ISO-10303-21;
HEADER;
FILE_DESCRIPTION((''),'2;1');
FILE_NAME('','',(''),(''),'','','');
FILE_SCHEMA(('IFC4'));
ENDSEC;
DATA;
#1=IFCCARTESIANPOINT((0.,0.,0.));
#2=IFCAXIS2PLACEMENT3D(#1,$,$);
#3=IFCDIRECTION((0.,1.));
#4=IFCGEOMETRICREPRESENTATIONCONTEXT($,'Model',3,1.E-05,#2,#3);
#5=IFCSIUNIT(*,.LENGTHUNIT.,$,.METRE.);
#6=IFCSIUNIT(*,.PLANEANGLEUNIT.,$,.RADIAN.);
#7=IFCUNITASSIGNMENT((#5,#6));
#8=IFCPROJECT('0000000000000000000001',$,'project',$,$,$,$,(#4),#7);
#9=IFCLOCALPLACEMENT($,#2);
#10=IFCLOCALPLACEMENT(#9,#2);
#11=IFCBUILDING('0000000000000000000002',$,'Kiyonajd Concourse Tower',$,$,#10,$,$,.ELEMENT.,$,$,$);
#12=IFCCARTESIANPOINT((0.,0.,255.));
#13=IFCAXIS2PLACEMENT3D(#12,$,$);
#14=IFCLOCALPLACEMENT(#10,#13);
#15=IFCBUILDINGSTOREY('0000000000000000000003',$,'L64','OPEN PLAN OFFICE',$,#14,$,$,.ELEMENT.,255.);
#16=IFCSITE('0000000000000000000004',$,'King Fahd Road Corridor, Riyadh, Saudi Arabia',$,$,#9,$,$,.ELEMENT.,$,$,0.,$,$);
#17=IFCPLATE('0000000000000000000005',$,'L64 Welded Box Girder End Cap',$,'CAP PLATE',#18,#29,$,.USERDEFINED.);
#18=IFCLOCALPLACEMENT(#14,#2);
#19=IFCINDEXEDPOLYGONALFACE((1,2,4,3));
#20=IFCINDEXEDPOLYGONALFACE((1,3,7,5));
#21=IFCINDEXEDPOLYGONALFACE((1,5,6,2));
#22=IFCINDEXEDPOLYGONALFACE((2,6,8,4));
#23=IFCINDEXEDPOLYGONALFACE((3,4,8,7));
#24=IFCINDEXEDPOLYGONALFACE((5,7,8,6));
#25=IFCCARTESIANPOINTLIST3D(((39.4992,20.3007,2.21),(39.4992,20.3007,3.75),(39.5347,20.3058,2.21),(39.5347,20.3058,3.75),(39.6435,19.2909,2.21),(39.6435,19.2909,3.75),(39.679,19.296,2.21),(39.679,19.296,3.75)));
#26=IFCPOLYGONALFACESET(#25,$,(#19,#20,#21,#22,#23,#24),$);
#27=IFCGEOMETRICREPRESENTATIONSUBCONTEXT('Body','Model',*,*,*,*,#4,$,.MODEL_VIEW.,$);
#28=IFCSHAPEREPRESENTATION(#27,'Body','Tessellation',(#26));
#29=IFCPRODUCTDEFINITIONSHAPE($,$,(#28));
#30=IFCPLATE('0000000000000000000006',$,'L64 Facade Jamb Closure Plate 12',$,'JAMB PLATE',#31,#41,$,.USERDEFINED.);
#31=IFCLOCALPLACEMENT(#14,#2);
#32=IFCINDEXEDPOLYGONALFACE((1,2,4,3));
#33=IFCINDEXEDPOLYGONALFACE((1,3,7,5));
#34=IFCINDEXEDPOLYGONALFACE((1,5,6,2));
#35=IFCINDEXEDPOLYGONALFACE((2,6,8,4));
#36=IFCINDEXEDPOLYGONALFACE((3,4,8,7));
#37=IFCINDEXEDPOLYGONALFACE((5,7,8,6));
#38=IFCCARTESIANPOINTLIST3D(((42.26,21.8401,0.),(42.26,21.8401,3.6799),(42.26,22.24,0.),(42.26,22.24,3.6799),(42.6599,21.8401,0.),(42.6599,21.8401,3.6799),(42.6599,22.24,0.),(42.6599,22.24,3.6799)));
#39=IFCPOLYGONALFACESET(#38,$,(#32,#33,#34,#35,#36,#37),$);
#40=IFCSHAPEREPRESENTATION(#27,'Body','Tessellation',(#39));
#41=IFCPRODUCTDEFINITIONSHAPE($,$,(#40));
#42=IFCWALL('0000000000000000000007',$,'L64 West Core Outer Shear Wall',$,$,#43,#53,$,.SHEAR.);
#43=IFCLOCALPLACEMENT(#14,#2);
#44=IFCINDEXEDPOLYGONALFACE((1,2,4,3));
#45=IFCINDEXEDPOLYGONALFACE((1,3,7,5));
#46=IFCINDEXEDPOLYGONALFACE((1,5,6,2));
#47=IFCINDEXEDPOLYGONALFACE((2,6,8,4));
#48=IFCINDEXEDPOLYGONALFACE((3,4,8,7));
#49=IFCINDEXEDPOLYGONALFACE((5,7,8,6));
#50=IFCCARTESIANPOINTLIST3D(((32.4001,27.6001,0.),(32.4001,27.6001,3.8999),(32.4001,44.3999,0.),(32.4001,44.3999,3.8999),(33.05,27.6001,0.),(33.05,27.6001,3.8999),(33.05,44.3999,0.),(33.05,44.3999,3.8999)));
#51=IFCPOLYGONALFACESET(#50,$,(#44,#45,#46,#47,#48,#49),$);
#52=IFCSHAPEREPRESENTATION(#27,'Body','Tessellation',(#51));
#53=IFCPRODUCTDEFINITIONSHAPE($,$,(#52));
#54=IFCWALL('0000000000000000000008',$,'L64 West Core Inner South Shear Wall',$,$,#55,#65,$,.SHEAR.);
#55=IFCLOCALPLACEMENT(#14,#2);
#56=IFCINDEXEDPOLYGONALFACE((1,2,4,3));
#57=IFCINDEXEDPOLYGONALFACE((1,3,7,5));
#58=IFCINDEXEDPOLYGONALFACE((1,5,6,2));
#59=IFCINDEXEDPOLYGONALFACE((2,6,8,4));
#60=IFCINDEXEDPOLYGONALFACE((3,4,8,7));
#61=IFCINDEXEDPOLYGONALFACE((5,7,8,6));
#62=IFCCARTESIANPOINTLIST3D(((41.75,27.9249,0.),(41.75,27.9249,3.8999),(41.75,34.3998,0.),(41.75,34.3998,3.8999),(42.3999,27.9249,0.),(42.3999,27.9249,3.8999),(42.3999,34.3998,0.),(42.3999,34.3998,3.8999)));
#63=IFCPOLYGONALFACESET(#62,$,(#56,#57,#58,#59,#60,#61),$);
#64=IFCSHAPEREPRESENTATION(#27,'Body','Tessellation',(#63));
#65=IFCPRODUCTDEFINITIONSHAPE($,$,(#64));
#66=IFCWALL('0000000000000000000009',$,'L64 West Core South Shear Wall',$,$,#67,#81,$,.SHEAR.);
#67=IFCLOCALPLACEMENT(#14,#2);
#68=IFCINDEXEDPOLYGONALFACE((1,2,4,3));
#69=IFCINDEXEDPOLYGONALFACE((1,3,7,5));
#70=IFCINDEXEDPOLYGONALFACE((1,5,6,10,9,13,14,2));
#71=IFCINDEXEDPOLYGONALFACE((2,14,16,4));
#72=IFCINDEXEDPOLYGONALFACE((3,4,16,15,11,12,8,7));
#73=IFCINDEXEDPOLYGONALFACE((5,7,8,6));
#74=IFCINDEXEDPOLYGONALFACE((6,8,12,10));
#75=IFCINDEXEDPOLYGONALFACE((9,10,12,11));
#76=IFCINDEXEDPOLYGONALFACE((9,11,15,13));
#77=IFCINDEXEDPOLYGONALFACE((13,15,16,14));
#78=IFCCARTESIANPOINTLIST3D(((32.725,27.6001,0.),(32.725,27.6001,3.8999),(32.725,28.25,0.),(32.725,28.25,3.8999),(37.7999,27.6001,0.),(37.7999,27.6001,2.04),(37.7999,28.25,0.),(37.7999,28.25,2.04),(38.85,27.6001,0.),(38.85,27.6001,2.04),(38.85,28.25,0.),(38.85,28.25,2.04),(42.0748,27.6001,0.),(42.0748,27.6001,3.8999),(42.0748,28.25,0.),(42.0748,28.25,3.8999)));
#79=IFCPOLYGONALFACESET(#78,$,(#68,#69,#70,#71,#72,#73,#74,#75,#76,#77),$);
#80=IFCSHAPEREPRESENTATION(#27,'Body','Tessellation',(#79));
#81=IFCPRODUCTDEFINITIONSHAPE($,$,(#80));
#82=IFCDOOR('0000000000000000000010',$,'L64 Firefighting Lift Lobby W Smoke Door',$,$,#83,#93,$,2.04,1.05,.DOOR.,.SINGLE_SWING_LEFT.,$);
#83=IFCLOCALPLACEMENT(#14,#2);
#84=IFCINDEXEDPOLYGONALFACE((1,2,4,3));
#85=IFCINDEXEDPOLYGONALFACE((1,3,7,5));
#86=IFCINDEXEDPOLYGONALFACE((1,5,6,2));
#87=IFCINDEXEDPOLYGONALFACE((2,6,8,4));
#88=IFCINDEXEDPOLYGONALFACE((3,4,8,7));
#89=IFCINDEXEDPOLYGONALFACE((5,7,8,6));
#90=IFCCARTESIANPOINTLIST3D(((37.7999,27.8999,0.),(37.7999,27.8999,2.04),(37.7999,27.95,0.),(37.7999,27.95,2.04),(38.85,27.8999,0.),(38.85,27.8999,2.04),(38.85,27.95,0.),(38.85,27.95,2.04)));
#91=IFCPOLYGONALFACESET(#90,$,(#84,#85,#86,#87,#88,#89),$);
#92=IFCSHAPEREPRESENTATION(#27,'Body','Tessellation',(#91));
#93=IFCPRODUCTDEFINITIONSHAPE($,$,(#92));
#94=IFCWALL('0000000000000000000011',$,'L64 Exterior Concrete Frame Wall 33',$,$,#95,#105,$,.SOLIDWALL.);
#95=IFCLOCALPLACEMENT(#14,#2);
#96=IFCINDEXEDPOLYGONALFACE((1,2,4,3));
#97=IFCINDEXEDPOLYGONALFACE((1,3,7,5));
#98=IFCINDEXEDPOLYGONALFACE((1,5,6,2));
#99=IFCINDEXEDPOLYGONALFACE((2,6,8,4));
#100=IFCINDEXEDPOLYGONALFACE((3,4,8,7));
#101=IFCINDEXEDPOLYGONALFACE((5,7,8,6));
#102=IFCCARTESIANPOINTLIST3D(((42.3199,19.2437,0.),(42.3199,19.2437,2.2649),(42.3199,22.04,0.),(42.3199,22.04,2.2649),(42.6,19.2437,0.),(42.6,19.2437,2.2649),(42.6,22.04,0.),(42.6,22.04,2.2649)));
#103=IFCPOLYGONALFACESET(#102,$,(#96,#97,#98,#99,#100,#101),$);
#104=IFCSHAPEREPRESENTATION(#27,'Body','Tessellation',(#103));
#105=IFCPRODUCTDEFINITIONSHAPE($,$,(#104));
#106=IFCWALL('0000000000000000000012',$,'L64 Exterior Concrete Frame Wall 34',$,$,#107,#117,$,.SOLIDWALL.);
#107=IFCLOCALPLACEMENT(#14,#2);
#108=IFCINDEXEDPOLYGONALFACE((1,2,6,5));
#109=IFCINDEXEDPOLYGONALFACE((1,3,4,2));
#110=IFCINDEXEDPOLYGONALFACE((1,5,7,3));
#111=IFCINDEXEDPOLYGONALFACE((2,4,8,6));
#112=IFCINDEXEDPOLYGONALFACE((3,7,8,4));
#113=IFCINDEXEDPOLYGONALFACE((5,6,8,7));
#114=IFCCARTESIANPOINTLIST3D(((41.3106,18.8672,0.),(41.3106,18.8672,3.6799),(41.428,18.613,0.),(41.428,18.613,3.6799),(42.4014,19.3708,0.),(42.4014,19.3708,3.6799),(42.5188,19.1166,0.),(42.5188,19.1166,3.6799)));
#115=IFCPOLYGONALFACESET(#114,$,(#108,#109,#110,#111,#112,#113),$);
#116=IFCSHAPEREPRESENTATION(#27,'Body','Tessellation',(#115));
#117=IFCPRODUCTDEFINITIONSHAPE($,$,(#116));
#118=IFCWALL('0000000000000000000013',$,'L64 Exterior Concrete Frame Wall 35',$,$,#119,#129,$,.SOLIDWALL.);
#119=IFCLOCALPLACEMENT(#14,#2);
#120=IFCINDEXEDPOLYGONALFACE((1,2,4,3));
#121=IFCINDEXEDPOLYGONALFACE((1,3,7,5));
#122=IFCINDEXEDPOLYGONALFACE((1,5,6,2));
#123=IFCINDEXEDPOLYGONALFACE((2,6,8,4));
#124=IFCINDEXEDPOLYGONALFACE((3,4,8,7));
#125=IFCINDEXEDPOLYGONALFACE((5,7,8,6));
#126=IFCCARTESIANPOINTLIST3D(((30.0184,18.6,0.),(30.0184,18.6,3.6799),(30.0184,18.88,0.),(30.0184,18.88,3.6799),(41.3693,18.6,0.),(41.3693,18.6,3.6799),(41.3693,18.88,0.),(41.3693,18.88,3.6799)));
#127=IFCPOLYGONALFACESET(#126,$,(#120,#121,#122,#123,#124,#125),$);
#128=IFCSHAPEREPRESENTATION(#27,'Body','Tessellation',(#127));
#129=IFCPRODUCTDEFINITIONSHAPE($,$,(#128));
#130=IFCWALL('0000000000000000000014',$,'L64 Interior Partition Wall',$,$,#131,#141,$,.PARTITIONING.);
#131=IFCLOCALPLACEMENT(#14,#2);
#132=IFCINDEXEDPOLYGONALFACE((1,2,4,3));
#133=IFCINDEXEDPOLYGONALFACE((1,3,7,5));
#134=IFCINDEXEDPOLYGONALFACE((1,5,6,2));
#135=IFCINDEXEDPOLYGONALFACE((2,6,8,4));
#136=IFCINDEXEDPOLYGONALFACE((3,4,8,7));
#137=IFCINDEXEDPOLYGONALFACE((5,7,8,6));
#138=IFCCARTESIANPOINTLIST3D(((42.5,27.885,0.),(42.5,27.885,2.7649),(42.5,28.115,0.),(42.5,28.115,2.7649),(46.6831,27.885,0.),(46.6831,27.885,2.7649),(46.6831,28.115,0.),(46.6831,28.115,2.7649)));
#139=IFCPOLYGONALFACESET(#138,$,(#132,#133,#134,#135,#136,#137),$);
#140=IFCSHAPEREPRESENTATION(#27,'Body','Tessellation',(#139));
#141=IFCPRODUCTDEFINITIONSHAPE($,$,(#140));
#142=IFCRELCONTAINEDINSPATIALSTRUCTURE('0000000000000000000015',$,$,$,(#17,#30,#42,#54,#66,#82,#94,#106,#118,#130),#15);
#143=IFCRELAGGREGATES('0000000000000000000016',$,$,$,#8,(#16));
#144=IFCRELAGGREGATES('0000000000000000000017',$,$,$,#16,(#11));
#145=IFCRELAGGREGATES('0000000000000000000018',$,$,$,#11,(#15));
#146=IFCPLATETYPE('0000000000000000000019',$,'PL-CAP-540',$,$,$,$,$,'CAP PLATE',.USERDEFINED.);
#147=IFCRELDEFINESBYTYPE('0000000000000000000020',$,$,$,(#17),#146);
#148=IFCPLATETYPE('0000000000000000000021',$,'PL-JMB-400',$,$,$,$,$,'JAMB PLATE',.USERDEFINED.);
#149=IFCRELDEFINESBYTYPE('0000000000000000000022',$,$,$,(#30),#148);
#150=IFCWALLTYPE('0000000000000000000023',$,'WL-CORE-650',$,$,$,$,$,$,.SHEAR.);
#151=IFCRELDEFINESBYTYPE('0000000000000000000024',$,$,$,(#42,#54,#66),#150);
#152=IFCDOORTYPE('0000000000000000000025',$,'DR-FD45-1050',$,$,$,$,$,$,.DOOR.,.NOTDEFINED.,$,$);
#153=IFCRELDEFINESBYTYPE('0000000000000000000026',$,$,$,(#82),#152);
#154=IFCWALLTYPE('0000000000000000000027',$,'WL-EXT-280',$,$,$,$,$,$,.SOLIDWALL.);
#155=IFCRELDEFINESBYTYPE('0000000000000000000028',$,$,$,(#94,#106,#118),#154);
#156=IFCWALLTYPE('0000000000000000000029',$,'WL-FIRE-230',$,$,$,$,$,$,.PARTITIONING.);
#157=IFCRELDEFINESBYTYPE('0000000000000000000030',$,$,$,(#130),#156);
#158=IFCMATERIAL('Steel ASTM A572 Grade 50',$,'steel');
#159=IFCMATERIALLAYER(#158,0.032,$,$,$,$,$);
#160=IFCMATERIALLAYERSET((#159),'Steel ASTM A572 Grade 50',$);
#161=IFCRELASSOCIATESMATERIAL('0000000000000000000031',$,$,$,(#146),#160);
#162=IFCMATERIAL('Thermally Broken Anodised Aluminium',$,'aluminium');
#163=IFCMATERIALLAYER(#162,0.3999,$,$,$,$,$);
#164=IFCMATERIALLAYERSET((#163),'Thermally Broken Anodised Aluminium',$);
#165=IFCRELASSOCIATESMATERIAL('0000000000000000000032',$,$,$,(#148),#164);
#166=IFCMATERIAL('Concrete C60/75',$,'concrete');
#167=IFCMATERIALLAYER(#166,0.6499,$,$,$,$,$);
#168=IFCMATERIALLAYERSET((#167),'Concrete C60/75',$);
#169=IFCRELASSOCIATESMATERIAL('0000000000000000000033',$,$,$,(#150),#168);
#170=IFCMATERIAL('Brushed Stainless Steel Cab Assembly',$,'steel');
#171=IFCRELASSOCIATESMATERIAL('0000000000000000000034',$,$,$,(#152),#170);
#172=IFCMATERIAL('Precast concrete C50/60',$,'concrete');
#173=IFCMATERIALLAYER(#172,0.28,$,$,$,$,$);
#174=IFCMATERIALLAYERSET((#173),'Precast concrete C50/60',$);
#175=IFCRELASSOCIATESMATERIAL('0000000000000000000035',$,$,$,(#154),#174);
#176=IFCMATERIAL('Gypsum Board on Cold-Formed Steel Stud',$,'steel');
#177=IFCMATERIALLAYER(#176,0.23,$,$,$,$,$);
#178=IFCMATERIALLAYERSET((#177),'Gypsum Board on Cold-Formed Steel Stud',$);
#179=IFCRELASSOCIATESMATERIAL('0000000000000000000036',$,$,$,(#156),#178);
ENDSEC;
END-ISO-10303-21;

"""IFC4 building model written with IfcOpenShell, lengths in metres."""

from ifc_helpers import new_model, si_unit, direction, frame, frame_2d, origin, origin_2d, place, context, subcontext, project, spatial, rectangle, extrude, material, layer, layer_set, type_object, element, fill, save


model = new_model("IFC4")

# Units and contexts
model_context = context("Model", 3, precision=1e-05, world=origin(), true_north=direction((0.0, 1.0)))
body_context = subcontext(model_context, "Body", "Model", "MODEL_VIEW")
ifc_project = project(units=[si_unit("LENGTHUNIT", "METRE"), si_unit("PLANEANGLEUNIT", "RADIAN")], contexts=[model_context])

# Site, building, storey
site_placement = place(None, origin())
site = spatial("IfcSite", under=ifc_project, at=site_placement, Name="King Fahd Road Corridor, Riyadh, Saudi Arabia", CompositionType="ELEMENT", RefElevation=0.0)
building_placement = place(site_placement, origin())
building = spatial("IfcBuilding", under=site, at=building_placement, Name="Kiyonajd Concourse Tower", CompositionType="ELEMENT")
storey_placement = place(building_placement, frame((0.0, 0.0, 255.0)))
storey = spatial("IfcBuildingStorey", under=building, at=storey_placement, Name="L64", Description="OPEN PLAN OFFICE", CompositionType="ELEMENT", Elevation=255.0)

# Shared definitions
ifc_material_1 = material(Name="Concrete C60/75", Category="concrete")

# Shared definitions
ifc_material_2 = material(Name="Steel ASTM A572 Grade 50", Category="steel")

# Plates
ifc_layer_1 = layer(ifc_material_2, 0.032)
ifc_layer_set_1 = layer_set([ifc_layer_1], Name="Steel ASTM A572 Grade 50")
plate_type_1 = type_object("IfcPlateType", Name="PL-CAP-540", ElementType="CAP PLATE", PredefinedType="USERDEFINED", material=ifc_layer_set_1)
for number, where, z_axis, x_axis, name in (
    (1, (39.5891, 19.7983, 2.21), (0.0, 0.0, 1.0), (-0.98995, -0.14142, 0.0), "L64 Welded Box Girder End Cap"),
):
    element("IfcPlate", number, at=place(storey_placement, frame(where, z_axis=z_axis, x_axis=x_axis)), inside=storey, type_object=plate_type_1, Name=name, ObjectType="CAP PLATE", PredefinedType="USERDEFINED", context=body_context, shape_type="SweptSolid", body=[
        extrude(rectangle(XDim=0.0359, YDim=1.02, at=origin_2d()), origin(), (0.0, 0.0, 1.0), 1.54),
    ])
ifc_material_3 = material(Name="Thermally Broken Anodised Aluminium", Category="aluminium")
ifc_layer_2 = layer(ifc_material_3, 0.3999)
ifc_layer_set_2 = layer_set([ifc_layer_2], Name="Thermally Broken Anodised Aluminium")
plate_type_2 = type_object("IfcPlateType", Name="PL-JMB-400", ElementType="JAMB PLATE", PredefinedType="USERDEFINED", material=ifc_layer_set_2)
plate_1_placement = place(storey_placement, frame((42.46, 22.04, 0.0), z_axis=(0.0, 0.0, 1.0), x_axis=(1.0, 0.0, 0.0)))
element("IfcPlate", 2, at=plate_1_placement, inside=storey, type_object=plate_type_2, Name="L64 Facade Jamb Closure Plate 12", ObjectType="JAMB PLATE", PredefinedType="USERDEFINED", context=body_context, shape_type="SweptSolid", body=[
    extrude(rectangle(XDim=0.3999, YDim=0.3999, at=origin_2d()), origin(), (0.0, 0.0, 1.0), 3.6799),
])

# Walls
ifc_layer_3 = layer(ifc_material_1, 0.6499)
ifc_layer_set_3 = layer_set([ifc_layer_3], Name="Concrete C60/75")
wall_type_1 = type_object("IfcWallType", Name="WL-CORE-650", PredefinedType="SHEAR", material=ifc_layer_set_3)
wall_1_placement = place(storey_placement, frame((32.7251, 27.6001, 0.0), z_axis=(0.0, 0.0, 1.0), x_axis=(0.0, 1.0, 0.0)))
element("IfcWall", 3, at=wall_1_placement, inside=storey, type_object=wall_type_1, Name="L64 West Core Outer Shear Wall", PredefinedType="SHEAR", context=body_context, shape_type="SweptSolid", body=[
    extrude(rectangle(XDim=16.7998, YDim=0.6499, at=frame_2d((8.3999, 0.0))), origin(), (0.0, 0.0, 1.0), 3.8999),
])
wall_2_placement = place(storey_placement, frame((42.075, 27.925, 0.0), z_axis=(0.0, 0.0, 1.0), x_axis=(0.0, 1.0, 0.0)))
element("IfcWall", 4, at=wall_2_placement, inside=storey, type_object=wall_type_1, Name="L64 West Core Inner South Shear Wall", PredefinedType="SHEAR", context=body_context, shape_type="SweptSolid", body=[
    extrude(rectangle(XDim=6.4749, YDim=0.6499, at=frame_2d((3.2373, 0.0))), origin(), (0.0, 0.0, 1.0), 3.8999),
])

# Wall, opening, door
wall_3_placement = place(storey_placement, frame((32.7251, 27.925, 0.0), z_axis=(0.0, 0.0, 1.0), x_axis=(1.0, 0.0, 0.0)))
wall_3 = element("IfcWall", 5, at=wall_3_placement, inside=storey, type_object=wall_type_1, Name="L64 West Core South Shear Wall", PredefinedType="SHEAR", context=body_context, shape_type="SweptSolid", body=[
    extrude(rectangle(XDim=9.3499, YDim=0.6499, at=frame_2d((4.6748, 0.0))), origin(), (0.0, 0.0, 1.0), 3.8999),
])
opening_placement = place(wall_3_placement, frame((5.075, 0.0, 0.0)))
opening = element("IfcOpeningElement", 6, at=opening_placement, cuts=wall_3, PredefinedType="OPENING", context=body_context, shape_type="SweptSolid", body=[
    extrude(rectangle(XDim=1.05, YDim=2.04, at=frame_2d((0.5249, 1.02))), frame((0.0, 0.335, 0.0), z_axis=(0.0, -1.0, 0.0), x_axis=(1.0, 0.0, 0.0)), (0.0, 0.0, 1.0), 0.6699),
])
ifc_material_4 = material(Name="Brushed Stainless Steel Cab Assembly", Category="steel")
door_type = type_object("IfcDoorType", Name="DR-FD45-1050", OperationType="NOTDEFINED", PredefinedType="DOOR", material=ifc_material_4)
door_placement = place(opening_placement, origin())
door = element("IfcDoor", 7, at=door_placement, inside=storey, type_object=door_type, Name="L64 Firefighting Lift Lobby W Smoke Door", OperationType="SINGLE_SWING_LEFT", OverallHeight=2.04, OverallWidth=1.05, PredefinedType="DOOR", context=body_context, shape_type="SweptSolid", body=[
    extrude(rectangle(XDim=1.05, YDim=2.04, at=frame_2d((0.5249, 1.02))), frame((0.0, 0.0249, 0.0), z_axis=(0.0, -1.0, 0.0), x_axis=(1.0, 0.0, 0.0)), (0.0, 0.0, 1.0), 0.05),
])
fill(opening, door)

# Walls
ifc_material_5 = material(Name="Precast concrete C50/60", Category="concrete")
ifc_layer_4 = layer(ifc_material_5, 0.28)
ifc_layer_set_4 = layer_set([ifc_layer_4], Name="Precast concrete C50/60")
wall_type_2 = type_object("IfcWallType", Name="WL-EXT-280", PredefinedType="SOLIDWALL", material=ifc_layer_set_4)
wall_4_placement = place(storey_placement, frame((42.46, 22.04, 0.0), z_axis=(0.0, 0.0, 1.0), x_axis=(0.0, -1.0, 0.0)))
element("IfcWall", 8, at=wall_4_placement, inside=storey, type_object=wall_type_2, Name="L64 Exterior Concrete Frame Wall 33", PredefinedType="SOLIDWALL", context=body_context, shape_type="SweptSolid", body=[
    extrude(rectangle(XDim=2.7964, YDim=0.28, at=frame_2d((1.3982, 0.0))), origin(), (0.0, 0.0, 1.0), 2.2649),
])
wall_5_placement = place(storey_placement, frame((42.46, 19.2437, 0.0), z_axis=(0.0, 0.0, 1.0), x_axis=(-0.907894, -0.4192, 0.0)))
element("IfcWall", 9, at=wall_5_placement, inside=storey, type_object=wall_type_2, Name="L64 Exterior Concrete Frame Wall 34", PredefinedType="SOLIDWALL", context=body_context, shape_type="SweptSolid", body=[
    extrude(rectangle(XDim=1.2014, YDim=0.28, at=frame_2d((0.6006, 0.0))), origin(), (0.0, 0.0, 1.0), 3.6799),
])
wall_6_placement = place(storey_placement, frame((41.3691, 18.74, 0.0), z_axis=(0.0, 0.0, 1.0), x_axis=(-1.0, 0.0, 0.0)))
element("IfcWall", 10, at=wall_6_placement, inside=storey, type_object=wall_type_2, Name="L64 Exterior Concrete Frame Wall 35", PredefinedType="SOLIDWALL", context=body_context, shape_type="SweptSolid", body=[
    extrude(rectangle(XDim=11.3508, YDim=0.28, at=frame_2d((5.6753, 0.0))), origin(), (0.0, 0.0, 1.0), 3.6799),
])
ifc_material_6 = material(Name="Gypsum Board on Cold-Formed Steel Stud", Category="steel")
ifc_layer_5 = layer(ifc_material_6, 0.23)
ifc_layer_set_5 = layer_set([ifc_layer_5], Name="Gypsum Board on Cold-Formed Steel Stud")
wall_type_3 = type_object("IfcWallType", Name="WL-FIRE-230", PredefinedType="PARTITIONING", material=ifc_layer_set_5)
wall_7_placement = place(storey_placement, frame((42.5, 28.0, 0.0), z_axis=(0.0, 0.0, 1.0), x_axis=(1.0, 0.0, 0.0)))
element("IfcWall", 11, at=wall_7_placement, inside=storey, type_object=wall_type_3, Name="L64 Interior Partition Wall", PredefinedType="PARTITIONING", context=body_context, shape_type="SweptSolid", body=[
    extrude(rectangle(XDim=4.1831, YDim=0.23, at=frame_2d((2.0916, 0.0))), origin(), (0.0, 0.0, 1.0), 2.7649),
])

save(model, "model.ifc")
